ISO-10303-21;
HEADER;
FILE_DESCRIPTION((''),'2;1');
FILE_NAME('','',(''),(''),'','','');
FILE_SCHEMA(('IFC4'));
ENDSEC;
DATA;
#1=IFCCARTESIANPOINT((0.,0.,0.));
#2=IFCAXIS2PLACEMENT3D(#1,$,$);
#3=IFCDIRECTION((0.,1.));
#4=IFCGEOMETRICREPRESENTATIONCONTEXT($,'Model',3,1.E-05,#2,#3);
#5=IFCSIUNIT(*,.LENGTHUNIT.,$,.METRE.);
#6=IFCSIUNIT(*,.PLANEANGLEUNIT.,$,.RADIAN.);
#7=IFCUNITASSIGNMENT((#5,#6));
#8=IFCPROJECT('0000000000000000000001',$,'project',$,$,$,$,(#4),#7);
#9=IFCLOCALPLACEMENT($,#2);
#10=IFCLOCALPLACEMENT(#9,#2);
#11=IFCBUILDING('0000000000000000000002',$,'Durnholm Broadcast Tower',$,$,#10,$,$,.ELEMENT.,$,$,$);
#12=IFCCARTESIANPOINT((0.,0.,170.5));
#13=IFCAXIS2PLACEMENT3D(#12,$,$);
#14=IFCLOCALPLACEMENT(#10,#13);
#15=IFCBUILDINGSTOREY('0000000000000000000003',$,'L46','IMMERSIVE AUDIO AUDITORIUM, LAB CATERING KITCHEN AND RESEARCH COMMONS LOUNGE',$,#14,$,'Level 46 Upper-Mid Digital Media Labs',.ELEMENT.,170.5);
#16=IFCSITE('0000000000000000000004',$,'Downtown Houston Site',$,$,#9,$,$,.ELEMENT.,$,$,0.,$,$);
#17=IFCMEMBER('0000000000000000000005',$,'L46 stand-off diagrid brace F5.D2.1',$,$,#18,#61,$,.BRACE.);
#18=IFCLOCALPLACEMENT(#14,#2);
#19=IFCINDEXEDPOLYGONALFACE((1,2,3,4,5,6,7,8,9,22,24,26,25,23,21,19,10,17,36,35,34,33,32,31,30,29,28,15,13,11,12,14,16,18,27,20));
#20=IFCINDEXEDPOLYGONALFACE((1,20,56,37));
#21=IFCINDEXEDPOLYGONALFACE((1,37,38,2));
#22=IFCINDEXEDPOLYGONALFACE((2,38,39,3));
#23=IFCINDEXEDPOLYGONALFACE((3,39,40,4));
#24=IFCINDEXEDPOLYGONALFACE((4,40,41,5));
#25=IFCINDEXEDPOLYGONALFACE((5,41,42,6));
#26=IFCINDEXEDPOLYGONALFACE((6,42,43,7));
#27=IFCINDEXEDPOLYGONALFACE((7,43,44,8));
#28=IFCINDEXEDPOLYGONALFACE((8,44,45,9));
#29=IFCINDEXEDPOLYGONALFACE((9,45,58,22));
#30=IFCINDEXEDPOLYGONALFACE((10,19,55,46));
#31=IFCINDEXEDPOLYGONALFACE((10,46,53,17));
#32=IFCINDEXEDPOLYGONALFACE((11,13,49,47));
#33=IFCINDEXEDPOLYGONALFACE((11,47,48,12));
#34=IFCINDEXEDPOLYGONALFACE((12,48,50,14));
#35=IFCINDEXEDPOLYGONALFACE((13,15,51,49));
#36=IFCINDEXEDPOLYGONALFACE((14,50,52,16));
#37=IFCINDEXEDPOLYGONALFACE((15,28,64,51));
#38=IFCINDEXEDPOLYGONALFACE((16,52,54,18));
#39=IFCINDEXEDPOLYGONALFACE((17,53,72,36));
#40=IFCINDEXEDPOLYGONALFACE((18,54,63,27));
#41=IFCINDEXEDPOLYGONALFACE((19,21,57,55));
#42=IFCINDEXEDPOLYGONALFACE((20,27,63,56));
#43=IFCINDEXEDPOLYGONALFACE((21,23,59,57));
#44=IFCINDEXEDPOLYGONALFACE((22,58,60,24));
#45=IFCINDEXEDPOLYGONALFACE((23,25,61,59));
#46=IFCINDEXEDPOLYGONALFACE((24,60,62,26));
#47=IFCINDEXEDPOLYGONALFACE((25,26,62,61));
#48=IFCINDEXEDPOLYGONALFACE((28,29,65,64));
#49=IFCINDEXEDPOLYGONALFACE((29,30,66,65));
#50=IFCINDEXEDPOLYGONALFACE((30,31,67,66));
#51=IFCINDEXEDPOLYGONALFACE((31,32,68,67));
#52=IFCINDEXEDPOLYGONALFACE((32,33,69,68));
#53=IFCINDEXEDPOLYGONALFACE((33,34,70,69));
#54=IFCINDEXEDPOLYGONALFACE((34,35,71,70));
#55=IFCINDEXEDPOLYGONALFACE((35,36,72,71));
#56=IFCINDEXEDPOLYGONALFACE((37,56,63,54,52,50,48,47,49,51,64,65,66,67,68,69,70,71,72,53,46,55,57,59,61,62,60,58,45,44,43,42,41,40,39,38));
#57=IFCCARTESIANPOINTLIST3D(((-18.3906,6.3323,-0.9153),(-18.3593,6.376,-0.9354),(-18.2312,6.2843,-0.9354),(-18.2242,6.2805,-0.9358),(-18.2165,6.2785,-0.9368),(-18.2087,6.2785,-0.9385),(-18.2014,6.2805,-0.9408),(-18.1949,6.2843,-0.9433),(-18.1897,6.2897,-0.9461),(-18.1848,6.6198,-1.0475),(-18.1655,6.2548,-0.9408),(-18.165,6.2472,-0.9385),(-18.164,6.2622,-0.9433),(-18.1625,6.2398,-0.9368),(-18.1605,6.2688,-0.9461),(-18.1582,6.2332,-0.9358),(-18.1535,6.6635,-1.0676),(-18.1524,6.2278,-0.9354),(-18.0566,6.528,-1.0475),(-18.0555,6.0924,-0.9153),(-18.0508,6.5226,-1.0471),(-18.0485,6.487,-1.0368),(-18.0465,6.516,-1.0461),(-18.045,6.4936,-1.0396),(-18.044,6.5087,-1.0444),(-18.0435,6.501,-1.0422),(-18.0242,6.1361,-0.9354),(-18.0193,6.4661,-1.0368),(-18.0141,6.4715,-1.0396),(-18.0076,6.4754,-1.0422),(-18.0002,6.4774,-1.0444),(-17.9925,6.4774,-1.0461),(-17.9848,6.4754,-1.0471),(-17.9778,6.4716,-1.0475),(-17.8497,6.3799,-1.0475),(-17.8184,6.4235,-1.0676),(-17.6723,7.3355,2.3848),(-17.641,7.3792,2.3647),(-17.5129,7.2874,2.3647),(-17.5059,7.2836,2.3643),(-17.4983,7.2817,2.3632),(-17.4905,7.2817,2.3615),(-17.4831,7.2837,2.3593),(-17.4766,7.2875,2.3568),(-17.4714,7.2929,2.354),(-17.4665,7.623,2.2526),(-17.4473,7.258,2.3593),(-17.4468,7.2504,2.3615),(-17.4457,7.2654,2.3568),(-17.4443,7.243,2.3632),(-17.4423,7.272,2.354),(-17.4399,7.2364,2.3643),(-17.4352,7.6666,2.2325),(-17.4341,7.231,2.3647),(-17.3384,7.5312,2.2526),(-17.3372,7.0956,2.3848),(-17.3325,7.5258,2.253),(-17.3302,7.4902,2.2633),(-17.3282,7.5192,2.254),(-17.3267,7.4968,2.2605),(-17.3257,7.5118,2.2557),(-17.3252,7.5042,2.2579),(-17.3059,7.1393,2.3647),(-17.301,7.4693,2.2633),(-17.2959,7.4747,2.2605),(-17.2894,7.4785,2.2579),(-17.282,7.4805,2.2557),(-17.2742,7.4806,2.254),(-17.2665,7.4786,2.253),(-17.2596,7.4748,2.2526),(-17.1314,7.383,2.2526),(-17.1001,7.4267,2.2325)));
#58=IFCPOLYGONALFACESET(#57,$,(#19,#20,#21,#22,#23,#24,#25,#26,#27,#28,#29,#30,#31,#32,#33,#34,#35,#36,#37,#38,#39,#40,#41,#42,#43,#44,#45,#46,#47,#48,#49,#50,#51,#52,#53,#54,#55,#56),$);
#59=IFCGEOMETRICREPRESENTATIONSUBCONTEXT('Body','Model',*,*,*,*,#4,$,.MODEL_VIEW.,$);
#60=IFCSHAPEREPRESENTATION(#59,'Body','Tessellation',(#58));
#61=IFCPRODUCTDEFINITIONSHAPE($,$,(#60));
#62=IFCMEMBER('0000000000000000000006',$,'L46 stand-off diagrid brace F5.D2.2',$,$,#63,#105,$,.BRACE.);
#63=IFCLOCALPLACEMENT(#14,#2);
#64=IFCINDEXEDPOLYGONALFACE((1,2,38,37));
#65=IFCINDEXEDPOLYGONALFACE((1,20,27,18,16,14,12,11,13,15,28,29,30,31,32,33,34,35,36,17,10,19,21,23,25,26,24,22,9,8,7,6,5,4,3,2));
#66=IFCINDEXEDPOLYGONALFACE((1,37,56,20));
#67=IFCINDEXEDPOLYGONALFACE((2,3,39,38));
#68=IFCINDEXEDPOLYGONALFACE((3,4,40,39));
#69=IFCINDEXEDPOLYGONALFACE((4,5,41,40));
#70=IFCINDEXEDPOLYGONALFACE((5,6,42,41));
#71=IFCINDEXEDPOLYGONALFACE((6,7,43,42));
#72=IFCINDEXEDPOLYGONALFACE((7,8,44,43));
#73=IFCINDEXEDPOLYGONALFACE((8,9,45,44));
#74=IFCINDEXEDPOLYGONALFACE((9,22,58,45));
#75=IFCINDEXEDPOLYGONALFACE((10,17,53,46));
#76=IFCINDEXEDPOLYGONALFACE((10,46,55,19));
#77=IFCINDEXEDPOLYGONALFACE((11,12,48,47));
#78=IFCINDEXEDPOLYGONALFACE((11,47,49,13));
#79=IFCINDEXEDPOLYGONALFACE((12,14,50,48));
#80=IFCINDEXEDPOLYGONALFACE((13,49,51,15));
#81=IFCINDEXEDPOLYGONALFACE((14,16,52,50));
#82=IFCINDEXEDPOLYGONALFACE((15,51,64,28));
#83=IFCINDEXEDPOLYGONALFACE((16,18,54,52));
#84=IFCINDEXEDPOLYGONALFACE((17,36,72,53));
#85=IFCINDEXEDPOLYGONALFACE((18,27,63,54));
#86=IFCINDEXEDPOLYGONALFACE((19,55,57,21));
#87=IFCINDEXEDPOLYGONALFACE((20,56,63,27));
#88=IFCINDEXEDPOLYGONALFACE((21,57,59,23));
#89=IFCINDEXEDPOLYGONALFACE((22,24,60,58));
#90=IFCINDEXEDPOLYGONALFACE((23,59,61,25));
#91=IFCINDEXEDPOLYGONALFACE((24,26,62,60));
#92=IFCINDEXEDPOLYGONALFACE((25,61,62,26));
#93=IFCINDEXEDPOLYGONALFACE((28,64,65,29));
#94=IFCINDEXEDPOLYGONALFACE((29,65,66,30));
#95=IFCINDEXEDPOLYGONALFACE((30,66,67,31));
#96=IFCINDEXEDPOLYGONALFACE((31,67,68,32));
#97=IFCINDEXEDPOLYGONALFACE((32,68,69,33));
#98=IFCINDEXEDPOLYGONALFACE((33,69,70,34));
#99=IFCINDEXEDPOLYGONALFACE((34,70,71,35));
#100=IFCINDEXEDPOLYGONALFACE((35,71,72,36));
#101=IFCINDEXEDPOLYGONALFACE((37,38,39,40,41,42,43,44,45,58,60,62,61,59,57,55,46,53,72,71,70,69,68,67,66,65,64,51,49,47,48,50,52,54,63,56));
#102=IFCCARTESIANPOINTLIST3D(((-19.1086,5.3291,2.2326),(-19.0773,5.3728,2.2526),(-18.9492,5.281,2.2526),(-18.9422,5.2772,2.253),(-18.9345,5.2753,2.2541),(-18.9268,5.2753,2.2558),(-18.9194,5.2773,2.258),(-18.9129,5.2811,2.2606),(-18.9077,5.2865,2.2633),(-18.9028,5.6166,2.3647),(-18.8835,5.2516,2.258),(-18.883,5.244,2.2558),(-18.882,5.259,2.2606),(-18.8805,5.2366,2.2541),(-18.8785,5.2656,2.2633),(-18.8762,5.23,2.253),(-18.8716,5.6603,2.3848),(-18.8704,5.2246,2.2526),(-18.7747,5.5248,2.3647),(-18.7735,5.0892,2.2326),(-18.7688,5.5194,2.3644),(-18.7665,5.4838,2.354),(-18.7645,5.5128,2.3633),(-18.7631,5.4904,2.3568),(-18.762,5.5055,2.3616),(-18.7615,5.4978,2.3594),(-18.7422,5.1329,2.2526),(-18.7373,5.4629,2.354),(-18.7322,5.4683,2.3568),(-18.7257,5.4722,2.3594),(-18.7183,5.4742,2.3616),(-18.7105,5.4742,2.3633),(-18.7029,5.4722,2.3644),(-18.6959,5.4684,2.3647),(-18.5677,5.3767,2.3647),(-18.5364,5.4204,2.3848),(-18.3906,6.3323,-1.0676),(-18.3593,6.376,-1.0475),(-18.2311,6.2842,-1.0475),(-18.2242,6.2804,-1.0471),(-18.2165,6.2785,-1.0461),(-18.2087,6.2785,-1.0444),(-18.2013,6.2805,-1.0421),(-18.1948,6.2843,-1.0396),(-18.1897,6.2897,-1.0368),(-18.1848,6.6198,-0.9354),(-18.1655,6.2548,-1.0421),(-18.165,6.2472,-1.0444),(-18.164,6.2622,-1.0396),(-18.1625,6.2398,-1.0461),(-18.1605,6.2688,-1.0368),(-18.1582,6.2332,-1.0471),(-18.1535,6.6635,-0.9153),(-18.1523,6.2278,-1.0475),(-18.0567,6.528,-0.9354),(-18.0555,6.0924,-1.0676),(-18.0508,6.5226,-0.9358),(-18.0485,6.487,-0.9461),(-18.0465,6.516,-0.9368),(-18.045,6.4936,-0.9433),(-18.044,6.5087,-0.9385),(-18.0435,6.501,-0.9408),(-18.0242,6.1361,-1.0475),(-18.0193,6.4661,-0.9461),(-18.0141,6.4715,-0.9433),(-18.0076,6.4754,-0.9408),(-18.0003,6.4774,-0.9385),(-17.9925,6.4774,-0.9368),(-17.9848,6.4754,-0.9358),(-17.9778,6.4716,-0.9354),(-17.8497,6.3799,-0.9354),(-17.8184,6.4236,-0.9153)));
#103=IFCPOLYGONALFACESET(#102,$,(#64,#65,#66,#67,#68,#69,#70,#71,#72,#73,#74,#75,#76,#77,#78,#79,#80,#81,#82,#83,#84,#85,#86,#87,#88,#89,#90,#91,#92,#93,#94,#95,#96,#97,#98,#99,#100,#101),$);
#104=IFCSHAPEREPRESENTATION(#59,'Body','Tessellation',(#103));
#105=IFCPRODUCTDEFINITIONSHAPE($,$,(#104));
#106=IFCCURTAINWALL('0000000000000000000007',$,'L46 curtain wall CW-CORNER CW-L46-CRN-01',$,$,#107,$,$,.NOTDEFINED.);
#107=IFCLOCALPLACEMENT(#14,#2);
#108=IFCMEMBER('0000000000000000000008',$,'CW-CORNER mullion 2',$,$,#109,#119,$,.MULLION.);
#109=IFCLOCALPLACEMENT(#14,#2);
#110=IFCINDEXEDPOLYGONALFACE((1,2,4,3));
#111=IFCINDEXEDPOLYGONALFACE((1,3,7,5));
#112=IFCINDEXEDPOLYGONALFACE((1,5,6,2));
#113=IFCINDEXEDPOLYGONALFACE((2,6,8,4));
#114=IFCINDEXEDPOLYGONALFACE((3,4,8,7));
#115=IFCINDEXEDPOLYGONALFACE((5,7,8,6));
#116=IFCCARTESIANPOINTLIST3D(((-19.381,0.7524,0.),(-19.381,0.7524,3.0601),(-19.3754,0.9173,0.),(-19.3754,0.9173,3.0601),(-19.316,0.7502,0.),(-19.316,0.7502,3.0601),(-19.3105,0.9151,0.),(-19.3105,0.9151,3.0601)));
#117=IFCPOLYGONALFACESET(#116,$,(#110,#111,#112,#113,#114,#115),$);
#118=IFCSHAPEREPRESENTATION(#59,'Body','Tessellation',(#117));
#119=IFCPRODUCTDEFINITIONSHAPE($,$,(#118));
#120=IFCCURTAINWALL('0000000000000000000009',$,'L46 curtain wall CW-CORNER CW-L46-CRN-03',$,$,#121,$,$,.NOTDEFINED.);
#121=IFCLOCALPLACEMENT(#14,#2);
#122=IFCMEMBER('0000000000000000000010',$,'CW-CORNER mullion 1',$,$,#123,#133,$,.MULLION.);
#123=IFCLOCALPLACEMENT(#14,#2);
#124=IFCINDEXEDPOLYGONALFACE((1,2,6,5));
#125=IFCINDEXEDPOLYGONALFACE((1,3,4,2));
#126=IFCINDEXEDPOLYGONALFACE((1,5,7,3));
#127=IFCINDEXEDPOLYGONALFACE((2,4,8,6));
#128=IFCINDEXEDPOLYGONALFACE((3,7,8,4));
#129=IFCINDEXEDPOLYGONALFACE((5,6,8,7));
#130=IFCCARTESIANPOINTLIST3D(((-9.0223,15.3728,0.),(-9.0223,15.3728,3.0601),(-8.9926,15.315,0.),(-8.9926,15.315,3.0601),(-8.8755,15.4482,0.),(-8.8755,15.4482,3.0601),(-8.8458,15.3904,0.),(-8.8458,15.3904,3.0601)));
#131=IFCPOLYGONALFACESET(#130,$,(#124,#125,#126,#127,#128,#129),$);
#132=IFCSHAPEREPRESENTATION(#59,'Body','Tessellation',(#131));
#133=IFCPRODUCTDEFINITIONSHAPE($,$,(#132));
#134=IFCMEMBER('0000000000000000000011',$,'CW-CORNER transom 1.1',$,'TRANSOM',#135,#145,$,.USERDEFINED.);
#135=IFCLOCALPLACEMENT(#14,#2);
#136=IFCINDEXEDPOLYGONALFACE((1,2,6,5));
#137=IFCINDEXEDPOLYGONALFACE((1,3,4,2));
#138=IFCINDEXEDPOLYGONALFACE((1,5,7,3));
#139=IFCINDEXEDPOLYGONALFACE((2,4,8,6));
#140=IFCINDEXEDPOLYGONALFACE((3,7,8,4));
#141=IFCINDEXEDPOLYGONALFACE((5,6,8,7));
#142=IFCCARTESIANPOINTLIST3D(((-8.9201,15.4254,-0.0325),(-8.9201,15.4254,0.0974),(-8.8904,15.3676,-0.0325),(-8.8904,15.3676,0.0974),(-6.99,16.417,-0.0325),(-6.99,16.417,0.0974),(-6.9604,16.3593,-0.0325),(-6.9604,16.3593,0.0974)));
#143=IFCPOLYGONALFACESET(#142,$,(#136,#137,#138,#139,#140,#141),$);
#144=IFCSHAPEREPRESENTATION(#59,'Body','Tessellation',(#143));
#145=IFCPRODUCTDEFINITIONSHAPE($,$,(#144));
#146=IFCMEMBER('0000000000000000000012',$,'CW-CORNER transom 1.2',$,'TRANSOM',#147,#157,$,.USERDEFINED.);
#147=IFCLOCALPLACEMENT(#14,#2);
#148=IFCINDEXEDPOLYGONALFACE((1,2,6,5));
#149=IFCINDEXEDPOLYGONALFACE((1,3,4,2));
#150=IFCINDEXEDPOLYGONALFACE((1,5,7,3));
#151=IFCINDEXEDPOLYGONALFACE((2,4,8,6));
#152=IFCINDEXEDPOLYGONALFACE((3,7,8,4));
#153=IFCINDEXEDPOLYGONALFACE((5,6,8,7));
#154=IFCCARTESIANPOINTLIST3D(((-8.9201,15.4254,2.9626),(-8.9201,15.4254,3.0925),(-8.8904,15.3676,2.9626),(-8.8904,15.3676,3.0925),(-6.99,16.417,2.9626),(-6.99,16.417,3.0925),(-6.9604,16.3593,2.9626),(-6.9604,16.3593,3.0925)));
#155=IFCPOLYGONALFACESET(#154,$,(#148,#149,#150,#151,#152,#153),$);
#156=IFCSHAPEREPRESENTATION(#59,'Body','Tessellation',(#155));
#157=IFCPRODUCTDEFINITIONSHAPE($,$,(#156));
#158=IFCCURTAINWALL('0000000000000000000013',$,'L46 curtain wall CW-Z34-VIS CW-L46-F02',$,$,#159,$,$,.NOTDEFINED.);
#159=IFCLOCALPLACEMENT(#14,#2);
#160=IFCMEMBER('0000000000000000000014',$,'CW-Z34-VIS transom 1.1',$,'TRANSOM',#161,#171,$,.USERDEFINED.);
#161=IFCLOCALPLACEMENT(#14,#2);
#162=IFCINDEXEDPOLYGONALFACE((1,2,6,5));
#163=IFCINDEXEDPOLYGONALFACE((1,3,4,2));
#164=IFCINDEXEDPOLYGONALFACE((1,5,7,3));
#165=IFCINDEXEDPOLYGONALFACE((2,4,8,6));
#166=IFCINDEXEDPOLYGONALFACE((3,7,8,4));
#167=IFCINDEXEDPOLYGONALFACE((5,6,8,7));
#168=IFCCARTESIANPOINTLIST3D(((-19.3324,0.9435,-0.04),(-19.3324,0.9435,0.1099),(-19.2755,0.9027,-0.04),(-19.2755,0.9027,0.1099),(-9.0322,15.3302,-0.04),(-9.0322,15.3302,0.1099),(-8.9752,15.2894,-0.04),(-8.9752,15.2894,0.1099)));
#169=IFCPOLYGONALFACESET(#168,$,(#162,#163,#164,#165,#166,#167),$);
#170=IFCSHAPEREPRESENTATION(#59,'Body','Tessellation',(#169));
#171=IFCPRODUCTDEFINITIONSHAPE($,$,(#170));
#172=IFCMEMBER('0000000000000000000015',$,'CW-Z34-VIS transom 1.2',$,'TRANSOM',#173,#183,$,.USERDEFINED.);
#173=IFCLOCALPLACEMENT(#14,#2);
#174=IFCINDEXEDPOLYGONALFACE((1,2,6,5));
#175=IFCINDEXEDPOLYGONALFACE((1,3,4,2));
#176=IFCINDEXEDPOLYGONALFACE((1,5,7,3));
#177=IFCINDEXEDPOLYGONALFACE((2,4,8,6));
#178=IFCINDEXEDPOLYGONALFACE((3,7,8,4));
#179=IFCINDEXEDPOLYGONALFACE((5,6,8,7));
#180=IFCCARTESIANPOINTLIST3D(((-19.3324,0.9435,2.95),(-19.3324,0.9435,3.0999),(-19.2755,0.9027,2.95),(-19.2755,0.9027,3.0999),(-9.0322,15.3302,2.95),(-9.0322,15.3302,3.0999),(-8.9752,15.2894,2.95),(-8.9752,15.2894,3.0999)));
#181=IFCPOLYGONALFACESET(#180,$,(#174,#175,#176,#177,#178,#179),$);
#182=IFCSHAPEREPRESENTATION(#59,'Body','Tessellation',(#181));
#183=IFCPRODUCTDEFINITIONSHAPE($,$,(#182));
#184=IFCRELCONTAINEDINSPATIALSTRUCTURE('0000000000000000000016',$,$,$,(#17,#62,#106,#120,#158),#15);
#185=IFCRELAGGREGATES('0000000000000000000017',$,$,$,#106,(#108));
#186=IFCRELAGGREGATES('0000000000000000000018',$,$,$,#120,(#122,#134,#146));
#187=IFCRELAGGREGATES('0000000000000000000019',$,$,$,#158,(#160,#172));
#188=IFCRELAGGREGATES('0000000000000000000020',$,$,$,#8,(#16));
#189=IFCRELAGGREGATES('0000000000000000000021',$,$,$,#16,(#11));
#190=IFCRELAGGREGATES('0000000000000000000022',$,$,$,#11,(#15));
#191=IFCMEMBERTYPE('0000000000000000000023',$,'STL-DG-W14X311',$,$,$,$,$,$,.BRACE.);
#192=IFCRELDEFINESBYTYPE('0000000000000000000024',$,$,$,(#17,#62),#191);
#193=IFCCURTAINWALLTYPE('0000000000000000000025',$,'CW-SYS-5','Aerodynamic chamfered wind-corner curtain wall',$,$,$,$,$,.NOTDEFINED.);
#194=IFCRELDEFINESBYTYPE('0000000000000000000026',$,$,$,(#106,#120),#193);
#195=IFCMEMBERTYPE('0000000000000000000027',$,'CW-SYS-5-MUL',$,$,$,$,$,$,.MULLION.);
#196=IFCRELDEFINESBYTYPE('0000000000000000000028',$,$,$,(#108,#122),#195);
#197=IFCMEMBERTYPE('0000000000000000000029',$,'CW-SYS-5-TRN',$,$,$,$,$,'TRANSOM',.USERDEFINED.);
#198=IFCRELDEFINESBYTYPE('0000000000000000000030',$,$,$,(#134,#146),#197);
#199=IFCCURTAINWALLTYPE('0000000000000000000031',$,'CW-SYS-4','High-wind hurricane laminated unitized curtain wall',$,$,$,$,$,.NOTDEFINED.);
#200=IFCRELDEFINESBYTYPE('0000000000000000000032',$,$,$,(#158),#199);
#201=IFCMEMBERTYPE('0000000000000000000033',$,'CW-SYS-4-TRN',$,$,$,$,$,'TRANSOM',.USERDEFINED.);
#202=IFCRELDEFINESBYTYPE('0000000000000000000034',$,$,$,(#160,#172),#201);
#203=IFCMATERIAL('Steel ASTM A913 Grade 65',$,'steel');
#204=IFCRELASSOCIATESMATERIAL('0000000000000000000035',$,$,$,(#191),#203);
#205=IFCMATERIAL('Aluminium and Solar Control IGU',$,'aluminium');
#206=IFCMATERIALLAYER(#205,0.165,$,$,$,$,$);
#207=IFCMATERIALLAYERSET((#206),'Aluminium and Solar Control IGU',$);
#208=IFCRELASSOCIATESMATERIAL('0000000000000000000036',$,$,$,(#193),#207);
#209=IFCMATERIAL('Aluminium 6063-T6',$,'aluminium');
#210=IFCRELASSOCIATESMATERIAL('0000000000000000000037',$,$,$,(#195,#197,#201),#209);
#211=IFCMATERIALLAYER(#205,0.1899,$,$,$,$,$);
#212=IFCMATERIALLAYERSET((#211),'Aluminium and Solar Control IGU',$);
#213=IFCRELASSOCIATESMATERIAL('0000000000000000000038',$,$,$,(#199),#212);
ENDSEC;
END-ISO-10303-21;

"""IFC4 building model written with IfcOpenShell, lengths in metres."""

from ifc_helpers import new_model, si_unit, direction, frame, origin, origin_2d, place, context, subcontext, project, spatial, rectangle, i_section, extrude, source, transform, mapped, material, layer, layer_set, material_profile, profile_set, type_object, type_shapes, element, aggregate, save


model = new_model("IFC4")

# Units and contexts
model_context = context("Model", 3, precision=1e-05, world=origin(), true_north=direction((0.0, 1.0)))
body_context = subcontext(model_context, "Body", "Model", "MODEL_VIEW")
ifc_project = project(units=[si_unit("LENGTHUNIT", "METRE"), si_unit("PLANEANGLEUNIT", "RADIAN")], contexts=[model_context])

# Site, building, storey
site_placement = place(None, origin())
site = spatial("IfcSite", under=ifc_project, at=site_placement, Name="Downtown Houston Site", CompositionType="ELEMENT", RefElevation=0.0)
building_placement = place(site_placement, origin())
building = spatial("IfcBuilding", under=site, at=building_placement, Name="Durnholm Broadcast Tower", CompositionType="ELEMENT")
storey_placement = place(building_placement, frame((0.0, 0.0, 170.5)))
storey = spatial("IfcBuildingStorey", under=building, at=storey_placement, Name="L46", Description="IMMERSIVE AUDIO AUDITORIUM, LAB CATERING KITCHEN AND RESEARCH COMMONS LOUNGE", LongName="Level 46 Upper-Mid Digital Media Labs", CompositionType="ELEMENT", Elevation=170.5)

# Members
ifc_material_1 = material(Name="Steel ASTM A913 Grade 65", Category="steel")
ifc_material_profile_1 = material_profile(ifc_material_1, i_section(OverallWidth=0.4121, OverallDepth=0.4348, WebThickness=0.0359, FlangeThickness=0.0574, FilletRadius=0.0305, at=origin_2d()), Name="W14X311")
ifc_profile_set_1 = profile_set([ifc_material_profile_1], Name="Steel ASTM A913 Grade 65")
member_type_1 = type_object("IfcMemberType", Name="STL-DG-W14X311", PredefinedType="BRACE", material=ifc_profile_set_1)
shared_shape_1 = source(origin(), body_context, "Body", "SweptSolid", [
    extrude(i_section(OverallWidth=0.4121, OverallDepth=0.4348, WebThickness=0.0359, FlangeThickness=0.0574, FilletRadius=0.0305, at=origin_2d()), origin(), (0.0, 0.0, 1.0), 3.5232),
])
type_shapes(member_type_1, [shared_shape_1])
for number, where, z_axis, x_axis, name in (
    (1, (-18.1045, 6.3779, -0.9915), (0.203869, 0.284738, 0.936676), (-0.813078, 0.582155, 0.0), "L46 stand-off diagrid brace F5.D2.1"),
    (2, (-18.1045, 6.3779, -0.9915), (-0.203803, -0.284742, 0.936689), (0.813171, -0.582024, 0.0), "L46 stand-off diagrid brace F5.D2.2"),
):
    element("IfcMember", number, at=place(storey_placement, frame(where, z_axis=z_axis, x_axis=x_axis)), inside=storey, type_object=member_type_1, Name=name, PredefinedType="BRACE", context=body_context, shape_type="MappedRepresentation", body=[
        mapped(shared_shape_1, transform((0.0, 0.0, 0.0), x_axis=(1.0, 0.0, 0.0), y_axis=(0.0, 1.0, 0.0), z_axis=(0.0, 0.0, 1.0), scale=1.0)),
    ])

# Curtain wall, member
ifc_material_2 = material(Name="Aluminium and Solar Control IGU", Category="aluminium")
ifc_layer_1 = layer(ifc_material_2, 0.165)
ifc_layer_set_1 = layer_set([ifc_layer_1], Name="Aluminium and Solar Control IGU")
curtain_wall_type_1 = type_object("IfcCurtainWallType", Name="CW-SYS-5", Description="Aerodynamic chamfered wind-corner curtain wall", PredefinedType="NOTDEFINED", material=ifc_layer_set_1)
curtain_wall_1_placement = place(storey_placement, origin())
curtain_wall_1 = element("IfcCurtainWall", 3, at=curtain_wall_1_placement, inside=storey, type_object=curtain_wall_type_1, Name="L46 curtain wall CW-CORNER CW-L46-CRN-01", PredefinedType="NOTDEFINED")
ifc_material_3 = material(Name="Aluminium 6063-T6", Category="aluminium")
ifc_material_profile_2 = material_profile(ifc_material_3, rectangle(XDim=0.0649, YDim=0.165, at=origin_2d()), Name="CWM65X165")
ifc_profile_set_2 = profile_set([ifc_material_profile_2], Name="Aluminium 6063-T6")
member_type_2 = type_object("IfcMemberType", Name="CW-SYS-5-MUL", PredefinedType="MULLION", material=ifc_profile_set_2)
shared_shape_2 = source(origin(), body_context, "Body", "SweptSolid", [
    extrude(rectangle(XDim=0.0649, YDim=0.165, at=origin_2d()), origin(), (0.0, 0.0, 1.0), 3.0601),
])
type_shapes(member_type_2, [shared_shape_2])
member_1_placement = place(storey_placement, frame((-19.3457, 0.8337, 0.0), z_axis=(0.0, 0.0, 1.0), x_axis=(-0.999425, 0.033913, 0.0)))
member_1 = element("IfcMember", 4, at=member_1_placement, type_object=member_type_2, Name="CW-CORNER mullion 2", PredefinedType="MULLION", context=body_context, shape_type="MappedRepresentation", body=[
    mapped(shared_shape_2, transform((0.0, 0.0, 0.0), x_axis=(1.0, 0.0, 0.0), y_axis=(0.0, 1.0, 0.0), z_axis=(0.0, 0.0, 1.0), scale=1.0)),
])
aggregate(curtain_wall_1, [member_1])

# Curtain walls, members
curtain_wall_2_placement = place(storey_placement, origin())
curtain_wall_2 = element("IfcCurtainWall", 5, at=curtain_wall_2_placement, inside=storey, type_object=curtain_wall_type_1, Name="L46 curtain wall CW-CORNER CW-L46-CRN-03", PredefinedType="NOTDEFINED")
member_2_placement = place(storey_placement, frame((-8.9341, 15.3816, 0.0), z_axis=(0.0, 0.0, 1.0), x_axis=(-0.457082, 0.889425, 0.0)))
member_2 = element("IfcMember", 6, at=member_2_placement, type_object=member_type_2, Name="CW-CORNER mullion 1", PredefinedType="MULLION", context=body_context, shape_type="MappedRepresentation", body=[
    mapped(shared_shape_2, transform((0.0, 0.0, 0.0), x_axis=(1.0, 0.0, 0.0), y_axis=(0.0, 1.0, 0.0), z_axis=(0.0, 0.0, 1.0), scale=1.0)),
])
ifc_material_profile_3 = material_profile(ifc_material_3, rectangle(XDim=0.0649, YDim=0.1299, at=origin_2d()), Name="CWT65X130")
ifc_profile_set_3 = profile_set([ifc_material_profile_3], Name="Aluminium 6063-T6")
member_type_3 = type_object("IfcMemberType", Name="CW-SYS-5-TRN", ElementType="TRANSOM", PredefinedType="USERDEFINED", material=ifc_profile_set_3)
shared_shape_3 = source(origin(), body_context, "Body", "SweptSolid", [
    extrude(rectangle(XDim=0.0649, YDim=0.1299, at=origin_2d()), origin(), (0.0, 0.0, 1.0), 2.1699),
])
type_shapes(member_type_3, [shared_shape_3])
member_3_placement = place(storey_placement, frame((-8.9053, 15.3965, 0.0325), z_axis=(0.889468, 0.456997, 0.0), x_axis=(-0.456997, 0.889468, 0.0)))
member_3 = element("IfcMember", 7, at=member_3_placement, type_object=member_type_3, Name="CW-CORNER transom 1.1", ObjectType="TRANSOM", PredefinedType="USERDEFINED", context=body_context, shape_type="MappedRepresentation", body=[
    mapped(shared_shape_3, transform((0.0, 0.0, 0.0), x_axis=(1.0, 0.0, 0.0), y_axis=(0.0, 1.0, 0.0), z_axis=(0.0, 0.0, 1.0), scale=1.0)),
])
member_4_placement = place(storey_placement, frame((-8.9053, 15.3965, 3.0276), z_axis=(0.889468, 0.456997, 0.0), x_axis=(-0.456997, 0.889468, 0.0)))
member_4 = element("IfcMember", 8, at=member_4_placement, type_object=member_type_3, Name="CW-CORNER transom 1.2", ObjectType="TRANSOM", PredefinedType="USERDEFINED", context=body_context, shape_type="MappedRepresentation", body=[
    mapped(shared_shape_3, transform((0.0, 0.0, 0.0), x_axis=(1.0, 0.0, 0.0), y_axis=(0.0, 1.0, 0.0), z_axis=(0.0, 0.0, 1.0), scale=1.0)),
])
ifc_layer_2 = layer(ifc_material_2, 0.1899)
ifc_layer_set_2 = layer_set([ifc_layer_2], Name="Aluminium and Solar Control IGU")
curtain_wall_type_2 = type_object("IfcCurtainWallType", Name="CW-SYS-4", Description="High-wind hurricane laminated unitized curtain wall", PredefinedType="NOTDEFINED", material=ifc_layer_set_2)
curtain_wall_3_placement = place(storey_placement, origin())
curtain_wall_3 = element("IfcCurtainWall", 9, at=curtain_wall_3_placement, inside=storey, type_object=curtain_wall_type_2, Name="L46 curtain wall CW-Z34-VIS CW-L46-F02", PredefinedType="NOTDEFINED")
ifc_material_profile_4 = material_profile(ifc_material_3, rectangle(XDim=0.0701, YDim=0.1499, at=origin_2d()), Name="CWT70X150")
ifc_profile_set_4 = profile_set([ifc_material_profile_4], Name="Aluminium 6063-T6")
member_type_4 = type_object("IfcMemberType", Name="CW-SYS-4-TRN", ElementType="TRANSOM", PredefinedType="USERDEFINED", material=ifc_profile_set_4)
shared_shape_4 = source(origin(), body_context, "Body", "SweptSolid", [
    extrude(rectangle(XDim=0.0701, YDim=0.1499, at=origin_2d()), origin(), (0.0, 0.0, 1.0), 17.6938),
])
type_shapes(member_type_4, [shared_shape_4])
member_5_placement = place(storey_placement, frame((-19.304, 0.9231, 0.0349), z_axis=(0.582138, 0.81309, 0.0), x_axis=(-0.81309, 0.582138, 0.0)))
member_5 = element("IfcMember", 10, at=member_5_placement, type_object=member_type_4, Name="CW-Z34-VIS transom 1.1", ObjectType="TRANSOM", PredefinedType="USERDEFINED", context=body_context, shape_type="MappedRepresentation", body=[
    mapped(shared_shape_4, transform((0.0, 0.0, 0.0), x_axis=(1.0, 0.0, 0.0), y_axis=(0.0, 1.0, 0.0), z_axis=(0.0, 0.0, 1.0), scale=1.0)),
])
member_6_placement = place(storey_placement, frame((-19.304, 0.9231, 3.0249), z_axis=(0.582138, 0.81309, 0.0), x_axis=(-0.81309, 0.582138, 0.0)))
member_6 = element("IfcMember", 11, at=member_6_placement, type_object=member_type_4, Name="CW-Z34-VIS transom 1.2", ObjectType="TRANSOM", PredefinedType="USERDEFINED", context=body_context, shape_type="MappedRepresentation", body=[
    mapped(shared_shape_4, transform((0.0, 0.0, 0.0), x_axis=(1.0, 0.0, 0.0), y_axis=(0.0, 1.0, 0.0), z_axis=(0.0, 0.0, 1.0), scale=1.0)),
])

aggregate(curtain_wall_2, [member_2, member_3, member_4])
aggregate(curtain_wall_3, [member_5, member_6])

save(model, "model.ifc")
